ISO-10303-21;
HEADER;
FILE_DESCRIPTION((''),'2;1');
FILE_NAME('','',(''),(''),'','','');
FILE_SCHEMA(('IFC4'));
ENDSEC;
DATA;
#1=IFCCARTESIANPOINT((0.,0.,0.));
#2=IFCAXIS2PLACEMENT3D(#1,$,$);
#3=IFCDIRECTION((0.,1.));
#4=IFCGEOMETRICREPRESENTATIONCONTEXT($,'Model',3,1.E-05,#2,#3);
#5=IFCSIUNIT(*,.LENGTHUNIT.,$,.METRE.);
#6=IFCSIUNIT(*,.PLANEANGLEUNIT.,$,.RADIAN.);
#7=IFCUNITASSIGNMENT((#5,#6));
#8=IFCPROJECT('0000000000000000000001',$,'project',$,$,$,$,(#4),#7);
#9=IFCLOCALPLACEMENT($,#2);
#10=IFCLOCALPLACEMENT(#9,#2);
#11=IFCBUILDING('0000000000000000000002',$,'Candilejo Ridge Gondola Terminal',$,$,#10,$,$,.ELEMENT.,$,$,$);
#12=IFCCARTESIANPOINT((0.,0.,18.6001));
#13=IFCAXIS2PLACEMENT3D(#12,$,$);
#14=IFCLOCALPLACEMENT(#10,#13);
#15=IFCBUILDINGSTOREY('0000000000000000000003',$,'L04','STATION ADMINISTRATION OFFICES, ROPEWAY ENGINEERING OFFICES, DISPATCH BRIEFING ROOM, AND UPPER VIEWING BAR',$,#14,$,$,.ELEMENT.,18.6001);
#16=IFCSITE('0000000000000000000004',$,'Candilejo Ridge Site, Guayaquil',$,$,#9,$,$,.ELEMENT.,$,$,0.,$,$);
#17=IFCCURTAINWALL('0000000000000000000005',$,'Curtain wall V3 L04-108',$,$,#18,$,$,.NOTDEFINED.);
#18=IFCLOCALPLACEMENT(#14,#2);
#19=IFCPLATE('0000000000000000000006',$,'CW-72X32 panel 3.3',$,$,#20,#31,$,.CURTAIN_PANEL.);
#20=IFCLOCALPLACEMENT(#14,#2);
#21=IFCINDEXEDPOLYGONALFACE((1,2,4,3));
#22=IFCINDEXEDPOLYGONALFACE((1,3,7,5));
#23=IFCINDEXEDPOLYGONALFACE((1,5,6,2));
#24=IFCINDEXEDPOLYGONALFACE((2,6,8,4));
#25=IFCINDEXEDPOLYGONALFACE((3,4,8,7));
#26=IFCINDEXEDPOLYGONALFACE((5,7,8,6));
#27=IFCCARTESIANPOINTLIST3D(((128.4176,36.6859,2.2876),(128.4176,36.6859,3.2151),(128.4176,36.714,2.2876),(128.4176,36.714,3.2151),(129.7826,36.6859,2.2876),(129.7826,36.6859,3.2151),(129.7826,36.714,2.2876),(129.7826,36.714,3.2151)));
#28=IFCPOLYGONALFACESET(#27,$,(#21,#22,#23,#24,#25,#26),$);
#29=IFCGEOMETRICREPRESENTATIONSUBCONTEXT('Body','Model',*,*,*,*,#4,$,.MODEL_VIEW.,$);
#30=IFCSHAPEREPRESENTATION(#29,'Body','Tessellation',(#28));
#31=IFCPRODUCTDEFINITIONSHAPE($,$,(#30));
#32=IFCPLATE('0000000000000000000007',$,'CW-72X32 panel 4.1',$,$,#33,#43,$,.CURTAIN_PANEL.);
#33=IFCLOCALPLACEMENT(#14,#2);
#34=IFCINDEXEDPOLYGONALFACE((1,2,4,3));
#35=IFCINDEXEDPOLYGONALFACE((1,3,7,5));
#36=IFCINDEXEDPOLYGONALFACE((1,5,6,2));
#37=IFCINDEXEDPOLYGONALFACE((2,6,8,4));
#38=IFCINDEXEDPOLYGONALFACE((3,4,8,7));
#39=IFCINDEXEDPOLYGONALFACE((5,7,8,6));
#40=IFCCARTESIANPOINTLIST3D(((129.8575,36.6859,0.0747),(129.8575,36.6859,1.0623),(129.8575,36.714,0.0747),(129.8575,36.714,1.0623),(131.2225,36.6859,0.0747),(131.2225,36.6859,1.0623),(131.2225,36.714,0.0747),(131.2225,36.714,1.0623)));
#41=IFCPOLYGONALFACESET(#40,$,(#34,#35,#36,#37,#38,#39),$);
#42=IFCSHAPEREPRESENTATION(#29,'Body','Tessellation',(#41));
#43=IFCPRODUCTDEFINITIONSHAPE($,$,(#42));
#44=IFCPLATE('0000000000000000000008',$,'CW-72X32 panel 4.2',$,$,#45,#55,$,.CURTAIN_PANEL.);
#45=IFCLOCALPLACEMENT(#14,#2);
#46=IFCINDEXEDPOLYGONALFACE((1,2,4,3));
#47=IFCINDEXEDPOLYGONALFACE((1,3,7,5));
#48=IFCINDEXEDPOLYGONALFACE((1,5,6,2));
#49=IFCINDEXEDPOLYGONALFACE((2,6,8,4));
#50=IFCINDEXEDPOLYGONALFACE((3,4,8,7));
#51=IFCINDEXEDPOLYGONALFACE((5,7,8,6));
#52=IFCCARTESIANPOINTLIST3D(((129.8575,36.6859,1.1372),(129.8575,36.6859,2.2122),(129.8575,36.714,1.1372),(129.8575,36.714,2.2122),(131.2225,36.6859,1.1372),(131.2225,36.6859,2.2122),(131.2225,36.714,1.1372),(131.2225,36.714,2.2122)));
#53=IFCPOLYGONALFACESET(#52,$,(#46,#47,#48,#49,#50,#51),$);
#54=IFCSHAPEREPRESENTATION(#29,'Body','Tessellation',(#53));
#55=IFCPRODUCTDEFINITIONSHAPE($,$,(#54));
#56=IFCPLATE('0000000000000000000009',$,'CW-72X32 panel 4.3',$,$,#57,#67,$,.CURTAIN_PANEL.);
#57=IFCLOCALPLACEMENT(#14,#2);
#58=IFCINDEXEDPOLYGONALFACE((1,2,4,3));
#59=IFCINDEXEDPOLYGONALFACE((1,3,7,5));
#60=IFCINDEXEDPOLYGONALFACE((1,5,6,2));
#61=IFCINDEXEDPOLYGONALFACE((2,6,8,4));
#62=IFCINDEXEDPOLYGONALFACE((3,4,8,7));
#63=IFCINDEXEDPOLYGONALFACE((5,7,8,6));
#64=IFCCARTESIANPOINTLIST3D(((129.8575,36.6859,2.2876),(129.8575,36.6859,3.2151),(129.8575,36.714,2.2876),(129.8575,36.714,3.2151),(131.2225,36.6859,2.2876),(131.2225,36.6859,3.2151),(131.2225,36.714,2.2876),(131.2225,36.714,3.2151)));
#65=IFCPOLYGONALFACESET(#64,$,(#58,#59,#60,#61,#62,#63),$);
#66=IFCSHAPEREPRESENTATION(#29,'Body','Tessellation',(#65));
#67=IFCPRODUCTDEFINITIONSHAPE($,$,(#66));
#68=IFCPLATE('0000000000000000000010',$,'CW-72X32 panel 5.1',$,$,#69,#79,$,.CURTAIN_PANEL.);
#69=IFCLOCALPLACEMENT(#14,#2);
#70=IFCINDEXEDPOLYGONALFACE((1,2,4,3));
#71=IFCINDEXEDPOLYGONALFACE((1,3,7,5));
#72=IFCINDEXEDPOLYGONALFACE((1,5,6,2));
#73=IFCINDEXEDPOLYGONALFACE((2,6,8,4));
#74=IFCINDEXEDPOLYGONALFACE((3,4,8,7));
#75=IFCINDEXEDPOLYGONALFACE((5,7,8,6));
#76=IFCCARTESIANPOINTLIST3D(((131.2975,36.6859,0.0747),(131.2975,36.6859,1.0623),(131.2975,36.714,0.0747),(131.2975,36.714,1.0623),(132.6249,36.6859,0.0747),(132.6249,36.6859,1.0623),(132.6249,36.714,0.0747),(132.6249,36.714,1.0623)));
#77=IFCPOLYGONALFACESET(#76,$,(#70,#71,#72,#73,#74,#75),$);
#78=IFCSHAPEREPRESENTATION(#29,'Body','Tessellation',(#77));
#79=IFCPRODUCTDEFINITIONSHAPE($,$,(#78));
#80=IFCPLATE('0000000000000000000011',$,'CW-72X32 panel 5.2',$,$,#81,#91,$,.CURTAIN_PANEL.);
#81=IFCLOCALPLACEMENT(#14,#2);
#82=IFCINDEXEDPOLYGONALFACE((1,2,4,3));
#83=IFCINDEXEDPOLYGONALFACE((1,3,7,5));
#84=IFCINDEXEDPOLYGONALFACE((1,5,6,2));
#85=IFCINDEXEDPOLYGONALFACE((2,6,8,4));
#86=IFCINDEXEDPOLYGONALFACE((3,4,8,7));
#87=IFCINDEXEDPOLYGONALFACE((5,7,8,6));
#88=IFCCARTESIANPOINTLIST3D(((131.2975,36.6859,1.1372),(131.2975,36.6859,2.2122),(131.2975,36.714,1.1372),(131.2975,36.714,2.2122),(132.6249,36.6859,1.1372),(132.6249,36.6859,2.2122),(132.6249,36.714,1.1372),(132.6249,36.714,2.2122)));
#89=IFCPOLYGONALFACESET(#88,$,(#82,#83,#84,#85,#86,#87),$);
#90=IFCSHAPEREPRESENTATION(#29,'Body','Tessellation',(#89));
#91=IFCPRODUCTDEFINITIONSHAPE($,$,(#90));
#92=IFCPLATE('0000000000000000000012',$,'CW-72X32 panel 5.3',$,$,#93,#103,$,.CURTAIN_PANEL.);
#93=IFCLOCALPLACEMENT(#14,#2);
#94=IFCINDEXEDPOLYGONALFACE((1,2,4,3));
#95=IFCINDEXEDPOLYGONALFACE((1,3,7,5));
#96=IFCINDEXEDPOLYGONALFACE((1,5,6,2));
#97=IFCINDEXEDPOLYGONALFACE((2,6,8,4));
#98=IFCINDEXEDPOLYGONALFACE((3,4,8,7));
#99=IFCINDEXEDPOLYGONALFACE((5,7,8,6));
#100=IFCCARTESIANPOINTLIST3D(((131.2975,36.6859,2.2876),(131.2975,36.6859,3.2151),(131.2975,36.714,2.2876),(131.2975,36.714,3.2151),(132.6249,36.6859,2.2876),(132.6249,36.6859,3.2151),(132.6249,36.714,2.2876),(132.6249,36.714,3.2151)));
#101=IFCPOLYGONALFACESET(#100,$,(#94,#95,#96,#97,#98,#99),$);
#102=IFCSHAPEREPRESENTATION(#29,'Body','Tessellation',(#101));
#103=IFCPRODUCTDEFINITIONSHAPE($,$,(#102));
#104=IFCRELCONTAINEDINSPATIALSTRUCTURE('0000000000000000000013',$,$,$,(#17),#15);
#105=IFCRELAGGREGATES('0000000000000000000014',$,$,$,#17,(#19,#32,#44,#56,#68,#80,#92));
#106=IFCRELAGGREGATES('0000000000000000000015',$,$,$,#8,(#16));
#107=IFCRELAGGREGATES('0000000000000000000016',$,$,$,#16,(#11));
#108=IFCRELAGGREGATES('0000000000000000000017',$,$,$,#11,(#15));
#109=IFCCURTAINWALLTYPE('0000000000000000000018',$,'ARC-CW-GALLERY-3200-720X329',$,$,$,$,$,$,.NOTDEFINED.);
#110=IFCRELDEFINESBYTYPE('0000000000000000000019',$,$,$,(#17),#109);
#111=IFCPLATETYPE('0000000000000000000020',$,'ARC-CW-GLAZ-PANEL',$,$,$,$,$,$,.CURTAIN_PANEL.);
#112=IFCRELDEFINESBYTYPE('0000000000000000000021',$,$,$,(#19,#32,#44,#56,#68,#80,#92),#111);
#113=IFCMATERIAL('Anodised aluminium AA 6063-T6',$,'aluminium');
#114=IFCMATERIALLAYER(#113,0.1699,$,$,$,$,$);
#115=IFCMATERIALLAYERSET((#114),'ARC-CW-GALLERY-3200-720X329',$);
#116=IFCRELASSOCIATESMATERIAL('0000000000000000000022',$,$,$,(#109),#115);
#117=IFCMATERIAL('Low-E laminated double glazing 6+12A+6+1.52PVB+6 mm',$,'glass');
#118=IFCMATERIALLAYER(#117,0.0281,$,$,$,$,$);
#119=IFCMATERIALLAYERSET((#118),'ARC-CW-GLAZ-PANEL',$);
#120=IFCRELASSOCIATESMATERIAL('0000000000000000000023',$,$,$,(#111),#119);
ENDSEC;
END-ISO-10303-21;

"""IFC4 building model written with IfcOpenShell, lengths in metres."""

from ifc_helpers import new_model, si_unit, direction, frame, origin, origin_2d, place, context, subcontext, project, spatial, rectangle, extrude, material, layer, layer_set, type_object, element, aggregate, save


model = new_model("IFC4")

# Units and contexts
model_context = context("Model", 3, precision=1e-05, world=origin(), true_north=direction((0.0, 1.0)))
body_context = subcontext(model_context, "Body", "Model", "MODEL_VIEW")
ifc_project = project(units=[si_unit("LENGTHUNIT", "METRE"), si_unit("PLANEANGLEUNIT", "RADIAN")], contexts=[model_context])

# Site, building, storey
site_placement = place(None, origin())
site = spatial("IfcSite", under=ifc_project, at=site_placement, Name="Candilejo Ridge Site, Guayaquil", CompositionType="ELEMENT", RefElevation=0.0)
building_placement = place(site_placement, origin())
building = spatial("IfcBuilding", under=site, at=building_placement, Name="Candilejo Ridge Gondola Terminal", CompositionType="ELEMENT")
storey_placement = place(building_placement, frame((0.0, 0.0, 18.6001)))
storey = spatial("IfcBuildingStorey", under=building, at=storey_placement, Name="L04", Description="STATION ADMINISTRATION OFFICES, ROPEWAY ENGINEERING OFFICES, DISPATCH BRIEFING ROOM, AND UPPER VIEWING BAR", CompositionType="ELEMENT", Elevation=18.6001)

# Curtain wall, plates
ifc_material_1 = material(Name="Anodised aluminium AA 6063-T6", Category="aluminium")
ifc_layer_1 = layer(ifc_material_1, 0.1699)
ifc_layer_set_1 = layer_set([ifc_layer_1], Name="ARC-CW-GALLERY-3200-720X329")
curtain_wall_type = type_object("IfcCurtainWallType", Name="ARC-CW-GALLERY-3200-720X329", PredefinedType="NOTDEFINED", material=ifc_layer_set_1)
curtain_wall_placement = place(storey_placement, origin())
curtain_wall = element("IfcCurtainWall", 1, at=curtain_wall_placement, inside=storey, type_object=curtain_wall_type, Name="Curtain wall V3 L04-108", PredefinedType="NOTDEFINED")
ifc_material_2 = material(Name="Low-E laminated double glazing 6+12A+6+1.52PVB+6 mm", Category="glass")
ifc_layer_2 = layer(ifc_material_2, 0.0281)
ifc_layer_set_2 = layer_set([ifc_layer_2], Name="ARC-CW-GLAZ-PANEL")
plate_type = type_object("IfcPlateType", Name="ARC-CW-GLAZ-PANEL", PredefinedType="CURTAIN_PANEL", material=ifc_layer_set_2)
plate_1_placement = place(storey_placement, frame((129.1001, 36.7, 2.2876), z_axis=(0.0, 0.0, 1.0), x_axis=(1.0, 0.0, 0.0)))
plate_1 = element("IfcPlate", 2, at=plate_1_placement, type_object=plate_type, Name="CW-72X32 panel 3.3", PredefinedType="CURTAIN_PANEL", context=body_context, shape_type="SweptSolid", body=[
    extrude(rectangle(XDim=1.365, YDim=0.0281, at=origin_2d()), origin(), (0.0, 0.0, 1.0), 0.9275),
])
plate_2_placement = place(storey_placement, frame((130.54, 36.7, 0.0747), z_axis=(0.0, 0.0, 1.0), x_axis=(1.0, 0.0, 0.0)))
plate_2 = element("IfcPlate", 3, at=plate_2_placement, type_object=plate_type, Name="CW-72X32 panel 4.1", PredefinedType="CURTAIN_PANEL", context=body_context, shape_type="SweptSolid", body=[
    extrude(rectangle(XDim=1.365, YDim=0.0281, at=origin_2d()), origin(), (0.0, 0.0, 1.0), 0.9875),
])
plate_3_placement = place(storey_placement, frame((130.54, 36.7, 1.1372), z_axis=(0.0, 0.0, 1.0), x_axis=(1.0, 0.0, 0.0)))
plate_3 = element("IfcPlate", 4, at=plate_3_placement, type_object=plate_type, Name="CW-72X32 panel 4.2", PredefinedType="CURTAIN_PANEL", context=body_context, shape_type="SweptSolid", body=[
    extrude(rectangle(XDim=1.365, YDim=0.0281, at=origin_2d()), origin(), (0.0, 0.0, 1.0), 1.075),
])
plate_4_placement = place(storey_placement, frame((130.54, 36.7, 2.2876), z_axis=(0.0, 0.0, 1.0), x_axis=(1.0, 0.0, 0.0)))
plate_4 = element("IfcPlate", 5, at=plate_4_placement, type_object=plate_type, Name="CW-72X32 panel 4.3", PredefinedType="CURTAIN_PANEL", context=body_context, shape_type="SweptSolid", body=[
    extrude(rectangle(XDim=1.365, YDim=0.0281, at=origin_2d()), origin(), (0.0, 0.0, 1.0), 0.9275),
])
plate_5_placement = place(storey_placement, frame((131.9612, 36.7, 0.0747), z_axis=(0.0, 0.0, 1.0), x_axis=(1.0, 0.0, 0.0)))
plate_5 = element("IfcPlate", 6, at=plate_5_placement, type_object=plate_type, Name="CW-72X32 panel 5.1", PredefinedType="CURTAIN_PANEL", context=body_context, shape_type="SweptSolid", body=[
    extrude(rectangle(XDim=1.3274, YDim=0.0281, at=origin_2d()), origin(), (0.0, 0.0, 1.0), 0.9875),
])
plate_6_placement = place(storey_placement, frame((131.9612, 36.7, 1.1372), z_axis=(0.0, 0.0, 1.0), x_axis=(1.0, 0.0, 0.0)))
plate_6 = element("IfcPlate", 7, at=plate_6_placement, type_object=plate_type, Name="CW-72X32 panel 5.2", PredefinedType="CURTAIN_PANEL", context=body_context, shape_type="SweptSolid", body=[
    extrude(rectangle(XDim=1.3274, YDim=0.0281, at=origin_2d()), origin(), (0.0, 0.0, 1.0), 1.075),
])
plate_7_placement = place(storey_placement, frame((131.9612, 36.7, 2.2876), z_axis=(0.0, 0.0, 1.0), x_axis=(1.0, 0.0, 0.0)))
plate_7 = element("IfcPlate", 8, at=plate_7_placement, type_object=plate_type, Name="CW-72X32 panel 5.3", PredefinedType="CURTAIN_PANEL", context=body_context, shape_type="SweptSolid", body=[
    extrude(rectangle(XDim=1.3274, YDim=0.0281, at=origin_2d()), origin(), (0.0, 0.0, 1.0), 0.9275),
])
aggregate(curtain_wall, [plate_1, plate_2, plate_3, plate_4, plate_5, plate_6, plate_7])

save(model, "model.ifc")
